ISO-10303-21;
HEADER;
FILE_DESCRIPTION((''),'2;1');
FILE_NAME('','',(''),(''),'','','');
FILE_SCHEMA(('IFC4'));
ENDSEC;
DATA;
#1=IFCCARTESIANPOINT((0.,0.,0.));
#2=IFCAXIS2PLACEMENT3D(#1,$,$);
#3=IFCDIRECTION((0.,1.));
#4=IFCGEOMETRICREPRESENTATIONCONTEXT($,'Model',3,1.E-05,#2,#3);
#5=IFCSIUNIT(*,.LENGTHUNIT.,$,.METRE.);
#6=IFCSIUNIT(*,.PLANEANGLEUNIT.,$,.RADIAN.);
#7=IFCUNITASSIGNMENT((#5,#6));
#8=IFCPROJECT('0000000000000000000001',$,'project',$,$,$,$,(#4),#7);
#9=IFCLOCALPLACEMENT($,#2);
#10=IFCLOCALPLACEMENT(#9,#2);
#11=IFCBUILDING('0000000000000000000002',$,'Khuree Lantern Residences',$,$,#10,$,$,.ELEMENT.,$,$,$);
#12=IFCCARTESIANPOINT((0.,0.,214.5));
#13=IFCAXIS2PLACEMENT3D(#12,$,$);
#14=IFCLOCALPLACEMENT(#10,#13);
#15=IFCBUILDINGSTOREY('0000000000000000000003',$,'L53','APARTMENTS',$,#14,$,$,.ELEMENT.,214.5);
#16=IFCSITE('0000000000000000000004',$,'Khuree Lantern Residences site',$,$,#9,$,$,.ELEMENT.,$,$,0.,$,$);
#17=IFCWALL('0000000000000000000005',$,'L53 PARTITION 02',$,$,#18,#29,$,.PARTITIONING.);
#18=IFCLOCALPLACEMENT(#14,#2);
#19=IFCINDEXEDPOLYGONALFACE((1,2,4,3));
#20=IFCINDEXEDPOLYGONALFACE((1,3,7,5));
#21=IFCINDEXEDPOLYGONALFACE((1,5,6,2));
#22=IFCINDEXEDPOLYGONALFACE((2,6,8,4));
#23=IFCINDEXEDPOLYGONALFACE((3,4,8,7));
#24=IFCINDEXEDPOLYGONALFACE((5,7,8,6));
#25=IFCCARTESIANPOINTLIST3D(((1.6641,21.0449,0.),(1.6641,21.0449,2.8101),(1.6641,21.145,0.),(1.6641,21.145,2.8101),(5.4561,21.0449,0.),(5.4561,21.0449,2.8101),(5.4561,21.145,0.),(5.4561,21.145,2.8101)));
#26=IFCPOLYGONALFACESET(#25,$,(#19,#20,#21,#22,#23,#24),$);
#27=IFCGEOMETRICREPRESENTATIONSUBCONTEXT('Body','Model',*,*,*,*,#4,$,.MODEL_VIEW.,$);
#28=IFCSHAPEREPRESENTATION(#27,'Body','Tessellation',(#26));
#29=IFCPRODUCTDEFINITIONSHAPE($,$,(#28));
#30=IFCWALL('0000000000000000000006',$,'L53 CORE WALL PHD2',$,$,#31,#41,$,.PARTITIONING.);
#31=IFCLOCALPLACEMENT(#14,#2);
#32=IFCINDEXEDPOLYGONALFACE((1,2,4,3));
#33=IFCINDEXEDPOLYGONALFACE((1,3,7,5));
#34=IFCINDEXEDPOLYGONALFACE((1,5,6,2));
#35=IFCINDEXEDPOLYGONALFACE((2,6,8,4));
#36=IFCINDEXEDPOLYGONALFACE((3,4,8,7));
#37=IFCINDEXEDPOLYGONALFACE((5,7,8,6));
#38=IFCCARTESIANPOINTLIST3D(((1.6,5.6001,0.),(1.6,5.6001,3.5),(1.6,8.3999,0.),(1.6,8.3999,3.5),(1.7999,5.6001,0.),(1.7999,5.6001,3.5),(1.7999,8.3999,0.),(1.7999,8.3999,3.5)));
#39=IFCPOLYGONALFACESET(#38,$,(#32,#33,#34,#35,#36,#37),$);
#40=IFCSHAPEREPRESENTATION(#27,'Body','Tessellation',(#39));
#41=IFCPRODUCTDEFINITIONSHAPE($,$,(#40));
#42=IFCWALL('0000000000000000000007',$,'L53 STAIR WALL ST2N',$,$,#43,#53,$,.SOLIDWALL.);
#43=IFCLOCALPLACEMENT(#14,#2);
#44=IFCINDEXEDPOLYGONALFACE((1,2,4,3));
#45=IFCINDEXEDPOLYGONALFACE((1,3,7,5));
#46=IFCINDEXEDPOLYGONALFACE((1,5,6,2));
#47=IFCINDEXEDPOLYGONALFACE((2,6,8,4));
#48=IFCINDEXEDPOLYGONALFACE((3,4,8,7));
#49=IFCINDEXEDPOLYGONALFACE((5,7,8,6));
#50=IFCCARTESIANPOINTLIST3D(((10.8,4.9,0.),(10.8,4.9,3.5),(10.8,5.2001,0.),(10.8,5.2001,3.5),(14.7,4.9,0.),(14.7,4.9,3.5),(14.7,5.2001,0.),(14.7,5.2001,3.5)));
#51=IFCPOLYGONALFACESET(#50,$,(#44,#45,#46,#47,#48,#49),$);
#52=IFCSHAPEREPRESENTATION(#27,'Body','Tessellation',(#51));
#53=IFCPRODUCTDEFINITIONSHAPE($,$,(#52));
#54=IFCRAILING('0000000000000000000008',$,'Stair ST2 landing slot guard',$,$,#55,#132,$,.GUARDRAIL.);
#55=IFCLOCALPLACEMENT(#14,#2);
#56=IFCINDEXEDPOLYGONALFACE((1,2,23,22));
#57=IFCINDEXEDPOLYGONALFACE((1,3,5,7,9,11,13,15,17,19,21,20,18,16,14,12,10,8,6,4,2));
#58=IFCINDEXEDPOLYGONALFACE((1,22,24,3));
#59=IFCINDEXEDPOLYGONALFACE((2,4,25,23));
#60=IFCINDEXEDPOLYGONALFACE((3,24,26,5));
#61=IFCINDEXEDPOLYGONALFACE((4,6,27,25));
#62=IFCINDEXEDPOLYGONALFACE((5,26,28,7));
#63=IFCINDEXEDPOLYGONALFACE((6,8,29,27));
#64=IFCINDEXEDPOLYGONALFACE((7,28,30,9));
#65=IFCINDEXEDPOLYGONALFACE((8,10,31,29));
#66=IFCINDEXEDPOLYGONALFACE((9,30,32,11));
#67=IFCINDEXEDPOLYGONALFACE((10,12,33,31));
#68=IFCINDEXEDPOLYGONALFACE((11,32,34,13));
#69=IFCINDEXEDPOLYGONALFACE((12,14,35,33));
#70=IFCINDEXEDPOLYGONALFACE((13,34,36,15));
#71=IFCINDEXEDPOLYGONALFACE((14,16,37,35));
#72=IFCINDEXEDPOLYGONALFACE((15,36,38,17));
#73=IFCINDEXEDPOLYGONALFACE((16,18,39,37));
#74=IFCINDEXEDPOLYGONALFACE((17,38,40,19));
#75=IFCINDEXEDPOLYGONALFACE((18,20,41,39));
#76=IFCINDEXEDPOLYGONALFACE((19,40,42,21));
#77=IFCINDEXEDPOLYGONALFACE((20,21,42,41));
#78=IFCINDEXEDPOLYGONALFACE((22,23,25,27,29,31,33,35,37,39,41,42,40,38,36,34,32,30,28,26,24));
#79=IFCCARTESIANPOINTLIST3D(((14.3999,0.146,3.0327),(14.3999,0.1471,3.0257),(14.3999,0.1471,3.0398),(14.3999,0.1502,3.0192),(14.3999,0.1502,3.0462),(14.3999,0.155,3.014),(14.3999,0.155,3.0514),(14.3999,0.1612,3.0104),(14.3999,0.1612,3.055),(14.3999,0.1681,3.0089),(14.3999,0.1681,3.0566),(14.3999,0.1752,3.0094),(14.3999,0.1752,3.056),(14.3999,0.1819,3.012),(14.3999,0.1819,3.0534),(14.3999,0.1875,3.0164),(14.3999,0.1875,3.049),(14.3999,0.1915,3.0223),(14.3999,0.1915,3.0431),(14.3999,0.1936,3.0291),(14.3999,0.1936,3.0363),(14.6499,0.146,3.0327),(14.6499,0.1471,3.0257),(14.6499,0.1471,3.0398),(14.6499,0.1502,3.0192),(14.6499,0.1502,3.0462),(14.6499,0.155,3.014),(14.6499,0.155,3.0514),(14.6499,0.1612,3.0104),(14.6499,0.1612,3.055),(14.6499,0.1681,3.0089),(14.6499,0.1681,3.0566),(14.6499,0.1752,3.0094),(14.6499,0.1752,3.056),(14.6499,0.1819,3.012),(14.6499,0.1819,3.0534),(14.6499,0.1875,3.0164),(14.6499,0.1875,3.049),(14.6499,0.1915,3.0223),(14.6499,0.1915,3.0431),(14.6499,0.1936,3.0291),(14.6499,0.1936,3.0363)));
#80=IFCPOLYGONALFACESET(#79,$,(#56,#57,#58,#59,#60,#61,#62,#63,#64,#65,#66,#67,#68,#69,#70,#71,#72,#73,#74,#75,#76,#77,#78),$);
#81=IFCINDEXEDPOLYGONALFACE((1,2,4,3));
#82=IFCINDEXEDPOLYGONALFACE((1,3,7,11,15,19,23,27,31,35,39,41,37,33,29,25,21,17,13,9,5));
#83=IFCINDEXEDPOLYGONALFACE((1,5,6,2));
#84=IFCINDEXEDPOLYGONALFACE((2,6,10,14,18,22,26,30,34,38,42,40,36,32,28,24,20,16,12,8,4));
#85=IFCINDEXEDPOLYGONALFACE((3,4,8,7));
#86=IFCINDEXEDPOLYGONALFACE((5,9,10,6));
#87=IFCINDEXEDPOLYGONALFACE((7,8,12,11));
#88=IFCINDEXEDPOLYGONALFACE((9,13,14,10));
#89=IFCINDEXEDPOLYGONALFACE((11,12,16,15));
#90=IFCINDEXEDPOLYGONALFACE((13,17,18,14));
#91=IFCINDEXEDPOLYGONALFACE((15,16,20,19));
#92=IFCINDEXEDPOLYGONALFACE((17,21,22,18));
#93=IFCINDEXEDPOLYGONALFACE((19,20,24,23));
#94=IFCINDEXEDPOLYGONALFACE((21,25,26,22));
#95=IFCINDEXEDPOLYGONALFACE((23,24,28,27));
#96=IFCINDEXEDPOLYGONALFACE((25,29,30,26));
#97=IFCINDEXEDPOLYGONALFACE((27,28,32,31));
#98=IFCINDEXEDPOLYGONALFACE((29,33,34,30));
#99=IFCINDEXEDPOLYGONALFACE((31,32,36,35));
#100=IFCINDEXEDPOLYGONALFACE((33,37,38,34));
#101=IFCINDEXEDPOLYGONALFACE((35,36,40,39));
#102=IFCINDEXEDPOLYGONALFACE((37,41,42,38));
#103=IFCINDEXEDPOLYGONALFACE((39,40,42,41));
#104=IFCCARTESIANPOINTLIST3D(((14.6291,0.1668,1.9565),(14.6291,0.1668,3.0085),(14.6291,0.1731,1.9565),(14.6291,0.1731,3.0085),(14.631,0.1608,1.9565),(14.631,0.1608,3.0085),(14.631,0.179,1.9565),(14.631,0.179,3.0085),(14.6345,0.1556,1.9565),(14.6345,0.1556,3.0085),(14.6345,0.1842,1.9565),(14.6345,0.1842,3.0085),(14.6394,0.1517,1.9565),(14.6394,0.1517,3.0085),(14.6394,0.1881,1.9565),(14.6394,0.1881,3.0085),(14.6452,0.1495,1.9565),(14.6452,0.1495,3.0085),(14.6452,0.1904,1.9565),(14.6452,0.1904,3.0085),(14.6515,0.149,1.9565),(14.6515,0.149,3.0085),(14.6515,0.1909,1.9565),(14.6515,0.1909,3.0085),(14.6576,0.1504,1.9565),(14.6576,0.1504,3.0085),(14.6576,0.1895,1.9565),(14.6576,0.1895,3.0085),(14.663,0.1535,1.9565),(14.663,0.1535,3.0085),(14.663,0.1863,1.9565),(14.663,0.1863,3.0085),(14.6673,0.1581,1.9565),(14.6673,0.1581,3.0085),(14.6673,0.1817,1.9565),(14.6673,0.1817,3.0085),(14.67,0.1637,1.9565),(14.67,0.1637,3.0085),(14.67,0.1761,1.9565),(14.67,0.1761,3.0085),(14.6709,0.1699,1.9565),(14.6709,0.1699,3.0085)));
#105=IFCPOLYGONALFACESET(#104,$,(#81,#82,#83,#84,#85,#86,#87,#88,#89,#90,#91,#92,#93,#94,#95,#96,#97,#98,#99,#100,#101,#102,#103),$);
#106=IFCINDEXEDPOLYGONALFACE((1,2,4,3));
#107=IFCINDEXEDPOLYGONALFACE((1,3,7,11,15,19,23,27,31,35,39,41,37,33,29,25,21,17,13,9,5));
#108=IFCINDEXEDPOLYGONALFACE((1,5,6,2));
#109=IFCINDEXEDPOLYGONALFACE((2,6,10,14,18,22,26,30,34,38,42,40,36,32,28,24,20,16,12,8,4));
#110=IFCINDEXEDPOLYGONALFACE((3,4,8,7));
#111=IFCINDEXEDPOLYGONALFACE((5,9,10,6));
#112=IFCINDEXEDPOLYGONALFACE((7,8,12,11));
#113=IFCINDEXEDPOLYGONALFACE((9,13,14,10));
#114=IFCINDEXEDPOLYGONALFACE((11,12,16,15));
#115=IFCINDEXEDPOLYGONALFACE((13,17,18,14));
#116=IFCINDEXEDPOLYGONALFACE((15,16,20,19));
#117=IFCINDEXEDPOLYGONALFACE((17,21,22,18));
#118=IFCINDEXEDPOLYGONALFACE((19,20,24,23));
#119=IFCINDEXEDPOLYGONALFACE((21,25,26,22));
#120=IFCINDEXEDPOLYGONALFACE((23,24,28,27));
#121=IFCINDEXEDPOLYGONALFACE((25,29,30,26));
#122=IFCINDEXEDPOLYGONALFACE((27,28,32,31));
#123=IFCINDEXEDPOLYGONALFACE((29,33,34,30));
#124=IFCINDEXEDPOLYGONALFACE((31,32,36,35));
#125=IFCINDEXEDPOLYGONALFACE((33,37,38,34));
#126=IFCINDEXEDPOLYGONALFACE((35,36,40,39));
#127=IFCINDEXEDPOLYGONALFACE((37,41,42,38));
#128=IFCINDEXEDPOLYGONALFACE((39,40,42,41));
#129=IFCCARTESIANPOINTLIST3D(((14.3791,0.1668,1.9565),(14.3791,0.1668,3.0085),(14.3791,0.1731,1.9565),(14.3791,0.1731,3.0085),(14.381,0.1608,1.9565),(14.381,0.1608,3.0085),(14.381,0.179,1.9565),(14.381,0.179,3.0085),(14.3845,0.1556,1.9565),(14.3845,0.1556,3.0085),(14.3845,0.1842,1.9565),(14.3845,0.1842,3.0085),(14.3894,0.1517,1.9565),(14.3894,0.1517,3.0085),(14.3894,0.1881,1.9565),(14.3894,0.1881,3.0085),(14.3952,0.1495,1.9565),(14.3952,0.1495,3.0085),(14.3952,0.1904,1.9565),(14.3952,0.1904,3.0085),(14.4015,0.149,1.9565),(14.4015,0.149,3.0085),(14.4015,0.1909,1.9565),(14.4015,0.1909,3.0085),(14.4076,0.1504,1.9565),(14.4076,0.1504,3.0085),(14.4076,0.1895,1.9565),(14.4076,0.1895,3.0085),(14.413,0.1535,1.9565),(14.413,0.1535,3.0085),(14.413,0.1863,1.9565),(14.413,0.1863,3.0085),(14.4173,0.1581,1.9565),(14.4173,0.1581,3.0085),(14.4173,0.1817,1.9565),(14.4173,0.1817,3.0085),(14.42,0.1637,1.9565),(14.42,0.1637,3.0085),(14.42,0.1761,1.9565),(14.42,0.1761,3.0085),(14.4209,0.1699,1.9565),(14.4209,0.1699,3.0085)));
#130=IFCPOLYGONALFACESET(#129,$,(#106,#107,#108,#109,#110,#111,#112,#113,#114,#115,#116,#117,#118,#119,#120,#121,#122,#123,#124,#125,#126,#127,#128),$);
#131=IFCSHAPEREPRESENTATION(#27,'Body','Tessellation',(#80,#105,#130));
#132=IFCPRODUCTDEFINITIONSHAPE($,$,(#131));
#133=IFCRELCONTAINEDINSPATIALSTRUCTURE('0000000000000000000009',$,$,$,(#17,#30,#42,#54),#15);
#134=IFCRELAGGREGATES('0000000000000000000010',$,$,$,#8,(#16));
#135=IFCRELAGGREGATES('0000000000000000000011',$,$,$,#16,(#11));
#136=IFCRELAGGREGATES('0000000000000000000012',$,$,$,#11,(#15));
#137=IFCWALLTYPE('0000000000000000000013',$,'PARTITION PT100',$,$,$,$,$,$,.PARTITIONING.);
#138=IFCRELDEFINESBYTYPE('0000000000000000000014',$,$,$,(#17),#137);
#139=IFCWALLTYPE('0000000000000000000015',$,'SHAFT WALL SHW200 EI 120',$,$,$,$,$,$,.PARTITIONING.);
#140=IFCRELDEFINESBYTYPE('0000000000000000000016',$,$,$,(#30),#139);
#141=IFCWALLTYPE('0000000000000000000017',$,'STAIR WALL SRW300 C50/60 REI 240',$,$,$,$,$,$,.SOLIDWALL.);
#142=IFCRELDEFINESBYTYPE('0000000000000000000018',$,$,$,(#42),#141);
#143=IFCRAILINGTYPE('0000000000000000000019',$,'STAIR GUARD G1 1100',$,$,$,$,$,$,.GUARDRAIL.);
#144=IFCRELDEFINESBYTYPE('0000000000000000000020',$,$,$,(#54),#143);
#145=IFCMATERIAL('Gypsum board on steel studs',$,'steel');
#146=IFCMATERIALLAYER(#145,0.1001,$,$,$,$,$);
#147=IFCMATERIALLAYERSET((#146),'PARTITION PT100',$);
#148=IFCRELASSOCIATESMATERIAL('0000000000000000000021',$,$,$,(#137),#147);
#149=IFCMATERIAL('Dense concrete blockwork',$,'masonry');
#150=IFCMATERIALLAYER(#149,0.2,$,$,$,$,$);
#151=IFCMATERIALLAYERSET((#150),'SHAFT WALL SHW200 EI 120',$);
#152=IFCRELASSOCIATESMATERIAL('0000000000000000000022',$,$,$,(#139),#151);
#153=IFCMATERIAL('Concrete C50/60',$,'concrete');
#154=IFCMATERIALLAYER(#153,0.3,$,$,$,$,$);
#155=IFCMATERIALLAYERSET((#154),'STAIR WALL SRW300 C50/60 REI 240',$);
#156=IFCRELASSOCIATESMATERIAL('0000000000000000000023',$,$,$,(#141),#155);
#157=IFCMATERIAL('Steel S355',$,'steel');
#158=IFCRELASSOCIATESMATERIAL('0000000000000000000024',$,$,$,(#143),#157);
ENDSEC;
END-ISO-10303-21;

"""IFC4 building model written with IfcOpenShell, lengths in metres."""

from ifc_helpers import new_model, si_unit, direction, frame, frame_2d, origin, origin_2d, place, context, subcontext, project, spatial, rectangle, circle, extrude, material, layer, layer_set, type_object, element, save


model = new_model("IFC4")

# Units and contexts
model_context = context("Model", 3, precision=1e-05, world=origin(), true_north=direction((0.0, 1.0)))
body_context = subcontext(model_context, "Body", "Model", "MODEL_VIEW")
ifc_project = project(units=[si_unit("LENGTHUNIT", "METRE"), si_unit("PLANEANGLEUNIT", "RADIAN")], contexts=[model_context])

# Site, building, storey
site_placement = place(None, origin())
site = spatial("IfcSite", under=ifc_project, at=site_placement, Name="Khuree Lantern Residences site", CompositionType="ELEMENT", RefElevation=0.0)
building_placement = place(site_placement, origin())
building = spatial("IfcBuilding", under=site, at=building_placement, Name="Khuree Lantern Residences", CompositionType="ELEMENT")
storey_placement = place(building_placement, frame((0.0, 0.0, 214.5)))
storey = spatial("IfcBuildingStorey", under=building, at=storey_placement, Name="L53", Description="APARTMENTS", CompositionType="ELEMENT", Elevation=214.5)

# Shared definitions
ifc_material_1 = material(Name="Concrete C50/60", Category="concrete")

# Walls
ifc_material_2 = material(Name="Dense concrete blockwork", Category="masonry")
ifc_material_3 = material(Name="Gypsum board on steel studs", Category="steel")
ifc_layer_1 = layer(ifc_material_3, 0.1001)
ifc_layer_set_1 = layer_set([ifc_layer_1], Name="PARTITION PT100")
wall_type_1 = type_object("IfcWallType", Name="PARTITION PT100", PredefinedType="PARTITIONING", material=ifc_layer_set_1)
wall_1_placement = place(storey_placement, frame((5.4561, 21.095, 0.0), z_axis=(0.0, 0.0, 1.0), x_axis=(-1.0, 0.0, 0.0)))
element("IfcWall", 1, at=wall_1_placement, inside=storey, type_object=wall_type_1, Name="L53 PARTITION 02", PredefinedType="PARTITIONING", context=body_context, shape_type="SweptSolid", body=[
    extrude(rectangle(XDim=3.792, YDim=0.1001, at=frame_2d((1.896, 0.0))), origin(), (0.0, 0.0, 1.0), 2.8101),
])
ifc_layer_2 = layer(ifc_material_2, 0.2)
ifc_layer_set_2 = layer_set([ifc_layer_2], Name="SHAFT WALL SHW200 EI 120")
wall_type_2 = type_object("IfcWallType", Name="SHAFT WALL SHW200 EI 120", PredefinedType="PARTITIONING", material=ifc_layer_set_2)
wall_2_placement = place(storey_placement, frame((1.7, 5.6001, 0.0), z_axis=(0.0, 0.0, 1.0), x_axis=(0.0, 1.0, 0.0)))
element("IfcWall", 2, at=wall_2_placement, inside=storey, type_object=wall_type_2, Name="L53 CORE WALL PHD2", PredefinedType="PARTITIONING", context=body_context, shape_type="SweptSolid", body=[
    extrude(rectangle(XDim=2.7998, YDim=0.2, at=frame_2d((1.3999, 0.0))), origin(), (0.0, 0.0, 1.0), 3.5),
])
ifc_layer_3 = layer(ifc_material_1, 0.3)
ifc_layer_set_3 = layer_set([ifc_layer_3], Name="STAIR WALL SRW300 C50/60 REI 240")
wall_type_3 = type_object("IfcWallType", Name="STAIR WALL SRW300 C50/60 REI 240", PredefinedType="SOLIDWALL", material=ifc_layer_set_3)
wall_3_placement = place(storey_placement, frame((14.7, 5.05, 0.0), z_axis=(0.0, 0.0, 1.0), x_axis=(-1.0, 0.0, 0.0)))
element("IfcWall", 3, at=wall_3_placement, inside=storey, type_object=wall_type_3, Name="L53 STAIR WALL ST2N", PredefinedType="SOLIDWALL", context=body_context, shape_type="SweptSolid", body=[
    extrude(rectangle(XDim=3.8999, YDim=0.3, at=frame_2d((1.95, 0.0))), origin(), (0.0, 0.0, 1.0), 3.5),
])

# Railing
ifc_material_4 = material(Name="Steel S355", Category="steel")
railing_type = type_object("IfcRailingType", Name="STAIR GUARD G1 1100", PredefinedType="GUARDRAIL", material=ifc_material_4)
railing_placement = place(storey_placement, frame((14.6499, 0.1699, 1.9565)))
element("IfcRailing", 4, at=railing_placement, inside=storey, type_object=railing_type, Name="Stair ST2 landing slot guard", PredefinedType="GUARDRAIL", context=body_context, shape_type="SweptSolid", body=[
    extrude(circle(Radius=0.0239, at=origin_2d()), frame((0.0, 0.0, 1.0762), z_axis=(-1.0, 0.0, 0.0), x_axis=(0.0, -1.0, 0.0)), (0.0, 0.0, 1.0), 0.25),
    extrude(circle(Radius=0.021, at=origin_2d()), origin(), (0.0, 0.0, 1.0), 1.052),
    extrude(circle(Radius=0.021, at=origin_2d()), frame((-0.25, 0.0, 0.0)), (0.0, 0.0, 1.0), 1.052),
])

save(model, "model.ifc")
